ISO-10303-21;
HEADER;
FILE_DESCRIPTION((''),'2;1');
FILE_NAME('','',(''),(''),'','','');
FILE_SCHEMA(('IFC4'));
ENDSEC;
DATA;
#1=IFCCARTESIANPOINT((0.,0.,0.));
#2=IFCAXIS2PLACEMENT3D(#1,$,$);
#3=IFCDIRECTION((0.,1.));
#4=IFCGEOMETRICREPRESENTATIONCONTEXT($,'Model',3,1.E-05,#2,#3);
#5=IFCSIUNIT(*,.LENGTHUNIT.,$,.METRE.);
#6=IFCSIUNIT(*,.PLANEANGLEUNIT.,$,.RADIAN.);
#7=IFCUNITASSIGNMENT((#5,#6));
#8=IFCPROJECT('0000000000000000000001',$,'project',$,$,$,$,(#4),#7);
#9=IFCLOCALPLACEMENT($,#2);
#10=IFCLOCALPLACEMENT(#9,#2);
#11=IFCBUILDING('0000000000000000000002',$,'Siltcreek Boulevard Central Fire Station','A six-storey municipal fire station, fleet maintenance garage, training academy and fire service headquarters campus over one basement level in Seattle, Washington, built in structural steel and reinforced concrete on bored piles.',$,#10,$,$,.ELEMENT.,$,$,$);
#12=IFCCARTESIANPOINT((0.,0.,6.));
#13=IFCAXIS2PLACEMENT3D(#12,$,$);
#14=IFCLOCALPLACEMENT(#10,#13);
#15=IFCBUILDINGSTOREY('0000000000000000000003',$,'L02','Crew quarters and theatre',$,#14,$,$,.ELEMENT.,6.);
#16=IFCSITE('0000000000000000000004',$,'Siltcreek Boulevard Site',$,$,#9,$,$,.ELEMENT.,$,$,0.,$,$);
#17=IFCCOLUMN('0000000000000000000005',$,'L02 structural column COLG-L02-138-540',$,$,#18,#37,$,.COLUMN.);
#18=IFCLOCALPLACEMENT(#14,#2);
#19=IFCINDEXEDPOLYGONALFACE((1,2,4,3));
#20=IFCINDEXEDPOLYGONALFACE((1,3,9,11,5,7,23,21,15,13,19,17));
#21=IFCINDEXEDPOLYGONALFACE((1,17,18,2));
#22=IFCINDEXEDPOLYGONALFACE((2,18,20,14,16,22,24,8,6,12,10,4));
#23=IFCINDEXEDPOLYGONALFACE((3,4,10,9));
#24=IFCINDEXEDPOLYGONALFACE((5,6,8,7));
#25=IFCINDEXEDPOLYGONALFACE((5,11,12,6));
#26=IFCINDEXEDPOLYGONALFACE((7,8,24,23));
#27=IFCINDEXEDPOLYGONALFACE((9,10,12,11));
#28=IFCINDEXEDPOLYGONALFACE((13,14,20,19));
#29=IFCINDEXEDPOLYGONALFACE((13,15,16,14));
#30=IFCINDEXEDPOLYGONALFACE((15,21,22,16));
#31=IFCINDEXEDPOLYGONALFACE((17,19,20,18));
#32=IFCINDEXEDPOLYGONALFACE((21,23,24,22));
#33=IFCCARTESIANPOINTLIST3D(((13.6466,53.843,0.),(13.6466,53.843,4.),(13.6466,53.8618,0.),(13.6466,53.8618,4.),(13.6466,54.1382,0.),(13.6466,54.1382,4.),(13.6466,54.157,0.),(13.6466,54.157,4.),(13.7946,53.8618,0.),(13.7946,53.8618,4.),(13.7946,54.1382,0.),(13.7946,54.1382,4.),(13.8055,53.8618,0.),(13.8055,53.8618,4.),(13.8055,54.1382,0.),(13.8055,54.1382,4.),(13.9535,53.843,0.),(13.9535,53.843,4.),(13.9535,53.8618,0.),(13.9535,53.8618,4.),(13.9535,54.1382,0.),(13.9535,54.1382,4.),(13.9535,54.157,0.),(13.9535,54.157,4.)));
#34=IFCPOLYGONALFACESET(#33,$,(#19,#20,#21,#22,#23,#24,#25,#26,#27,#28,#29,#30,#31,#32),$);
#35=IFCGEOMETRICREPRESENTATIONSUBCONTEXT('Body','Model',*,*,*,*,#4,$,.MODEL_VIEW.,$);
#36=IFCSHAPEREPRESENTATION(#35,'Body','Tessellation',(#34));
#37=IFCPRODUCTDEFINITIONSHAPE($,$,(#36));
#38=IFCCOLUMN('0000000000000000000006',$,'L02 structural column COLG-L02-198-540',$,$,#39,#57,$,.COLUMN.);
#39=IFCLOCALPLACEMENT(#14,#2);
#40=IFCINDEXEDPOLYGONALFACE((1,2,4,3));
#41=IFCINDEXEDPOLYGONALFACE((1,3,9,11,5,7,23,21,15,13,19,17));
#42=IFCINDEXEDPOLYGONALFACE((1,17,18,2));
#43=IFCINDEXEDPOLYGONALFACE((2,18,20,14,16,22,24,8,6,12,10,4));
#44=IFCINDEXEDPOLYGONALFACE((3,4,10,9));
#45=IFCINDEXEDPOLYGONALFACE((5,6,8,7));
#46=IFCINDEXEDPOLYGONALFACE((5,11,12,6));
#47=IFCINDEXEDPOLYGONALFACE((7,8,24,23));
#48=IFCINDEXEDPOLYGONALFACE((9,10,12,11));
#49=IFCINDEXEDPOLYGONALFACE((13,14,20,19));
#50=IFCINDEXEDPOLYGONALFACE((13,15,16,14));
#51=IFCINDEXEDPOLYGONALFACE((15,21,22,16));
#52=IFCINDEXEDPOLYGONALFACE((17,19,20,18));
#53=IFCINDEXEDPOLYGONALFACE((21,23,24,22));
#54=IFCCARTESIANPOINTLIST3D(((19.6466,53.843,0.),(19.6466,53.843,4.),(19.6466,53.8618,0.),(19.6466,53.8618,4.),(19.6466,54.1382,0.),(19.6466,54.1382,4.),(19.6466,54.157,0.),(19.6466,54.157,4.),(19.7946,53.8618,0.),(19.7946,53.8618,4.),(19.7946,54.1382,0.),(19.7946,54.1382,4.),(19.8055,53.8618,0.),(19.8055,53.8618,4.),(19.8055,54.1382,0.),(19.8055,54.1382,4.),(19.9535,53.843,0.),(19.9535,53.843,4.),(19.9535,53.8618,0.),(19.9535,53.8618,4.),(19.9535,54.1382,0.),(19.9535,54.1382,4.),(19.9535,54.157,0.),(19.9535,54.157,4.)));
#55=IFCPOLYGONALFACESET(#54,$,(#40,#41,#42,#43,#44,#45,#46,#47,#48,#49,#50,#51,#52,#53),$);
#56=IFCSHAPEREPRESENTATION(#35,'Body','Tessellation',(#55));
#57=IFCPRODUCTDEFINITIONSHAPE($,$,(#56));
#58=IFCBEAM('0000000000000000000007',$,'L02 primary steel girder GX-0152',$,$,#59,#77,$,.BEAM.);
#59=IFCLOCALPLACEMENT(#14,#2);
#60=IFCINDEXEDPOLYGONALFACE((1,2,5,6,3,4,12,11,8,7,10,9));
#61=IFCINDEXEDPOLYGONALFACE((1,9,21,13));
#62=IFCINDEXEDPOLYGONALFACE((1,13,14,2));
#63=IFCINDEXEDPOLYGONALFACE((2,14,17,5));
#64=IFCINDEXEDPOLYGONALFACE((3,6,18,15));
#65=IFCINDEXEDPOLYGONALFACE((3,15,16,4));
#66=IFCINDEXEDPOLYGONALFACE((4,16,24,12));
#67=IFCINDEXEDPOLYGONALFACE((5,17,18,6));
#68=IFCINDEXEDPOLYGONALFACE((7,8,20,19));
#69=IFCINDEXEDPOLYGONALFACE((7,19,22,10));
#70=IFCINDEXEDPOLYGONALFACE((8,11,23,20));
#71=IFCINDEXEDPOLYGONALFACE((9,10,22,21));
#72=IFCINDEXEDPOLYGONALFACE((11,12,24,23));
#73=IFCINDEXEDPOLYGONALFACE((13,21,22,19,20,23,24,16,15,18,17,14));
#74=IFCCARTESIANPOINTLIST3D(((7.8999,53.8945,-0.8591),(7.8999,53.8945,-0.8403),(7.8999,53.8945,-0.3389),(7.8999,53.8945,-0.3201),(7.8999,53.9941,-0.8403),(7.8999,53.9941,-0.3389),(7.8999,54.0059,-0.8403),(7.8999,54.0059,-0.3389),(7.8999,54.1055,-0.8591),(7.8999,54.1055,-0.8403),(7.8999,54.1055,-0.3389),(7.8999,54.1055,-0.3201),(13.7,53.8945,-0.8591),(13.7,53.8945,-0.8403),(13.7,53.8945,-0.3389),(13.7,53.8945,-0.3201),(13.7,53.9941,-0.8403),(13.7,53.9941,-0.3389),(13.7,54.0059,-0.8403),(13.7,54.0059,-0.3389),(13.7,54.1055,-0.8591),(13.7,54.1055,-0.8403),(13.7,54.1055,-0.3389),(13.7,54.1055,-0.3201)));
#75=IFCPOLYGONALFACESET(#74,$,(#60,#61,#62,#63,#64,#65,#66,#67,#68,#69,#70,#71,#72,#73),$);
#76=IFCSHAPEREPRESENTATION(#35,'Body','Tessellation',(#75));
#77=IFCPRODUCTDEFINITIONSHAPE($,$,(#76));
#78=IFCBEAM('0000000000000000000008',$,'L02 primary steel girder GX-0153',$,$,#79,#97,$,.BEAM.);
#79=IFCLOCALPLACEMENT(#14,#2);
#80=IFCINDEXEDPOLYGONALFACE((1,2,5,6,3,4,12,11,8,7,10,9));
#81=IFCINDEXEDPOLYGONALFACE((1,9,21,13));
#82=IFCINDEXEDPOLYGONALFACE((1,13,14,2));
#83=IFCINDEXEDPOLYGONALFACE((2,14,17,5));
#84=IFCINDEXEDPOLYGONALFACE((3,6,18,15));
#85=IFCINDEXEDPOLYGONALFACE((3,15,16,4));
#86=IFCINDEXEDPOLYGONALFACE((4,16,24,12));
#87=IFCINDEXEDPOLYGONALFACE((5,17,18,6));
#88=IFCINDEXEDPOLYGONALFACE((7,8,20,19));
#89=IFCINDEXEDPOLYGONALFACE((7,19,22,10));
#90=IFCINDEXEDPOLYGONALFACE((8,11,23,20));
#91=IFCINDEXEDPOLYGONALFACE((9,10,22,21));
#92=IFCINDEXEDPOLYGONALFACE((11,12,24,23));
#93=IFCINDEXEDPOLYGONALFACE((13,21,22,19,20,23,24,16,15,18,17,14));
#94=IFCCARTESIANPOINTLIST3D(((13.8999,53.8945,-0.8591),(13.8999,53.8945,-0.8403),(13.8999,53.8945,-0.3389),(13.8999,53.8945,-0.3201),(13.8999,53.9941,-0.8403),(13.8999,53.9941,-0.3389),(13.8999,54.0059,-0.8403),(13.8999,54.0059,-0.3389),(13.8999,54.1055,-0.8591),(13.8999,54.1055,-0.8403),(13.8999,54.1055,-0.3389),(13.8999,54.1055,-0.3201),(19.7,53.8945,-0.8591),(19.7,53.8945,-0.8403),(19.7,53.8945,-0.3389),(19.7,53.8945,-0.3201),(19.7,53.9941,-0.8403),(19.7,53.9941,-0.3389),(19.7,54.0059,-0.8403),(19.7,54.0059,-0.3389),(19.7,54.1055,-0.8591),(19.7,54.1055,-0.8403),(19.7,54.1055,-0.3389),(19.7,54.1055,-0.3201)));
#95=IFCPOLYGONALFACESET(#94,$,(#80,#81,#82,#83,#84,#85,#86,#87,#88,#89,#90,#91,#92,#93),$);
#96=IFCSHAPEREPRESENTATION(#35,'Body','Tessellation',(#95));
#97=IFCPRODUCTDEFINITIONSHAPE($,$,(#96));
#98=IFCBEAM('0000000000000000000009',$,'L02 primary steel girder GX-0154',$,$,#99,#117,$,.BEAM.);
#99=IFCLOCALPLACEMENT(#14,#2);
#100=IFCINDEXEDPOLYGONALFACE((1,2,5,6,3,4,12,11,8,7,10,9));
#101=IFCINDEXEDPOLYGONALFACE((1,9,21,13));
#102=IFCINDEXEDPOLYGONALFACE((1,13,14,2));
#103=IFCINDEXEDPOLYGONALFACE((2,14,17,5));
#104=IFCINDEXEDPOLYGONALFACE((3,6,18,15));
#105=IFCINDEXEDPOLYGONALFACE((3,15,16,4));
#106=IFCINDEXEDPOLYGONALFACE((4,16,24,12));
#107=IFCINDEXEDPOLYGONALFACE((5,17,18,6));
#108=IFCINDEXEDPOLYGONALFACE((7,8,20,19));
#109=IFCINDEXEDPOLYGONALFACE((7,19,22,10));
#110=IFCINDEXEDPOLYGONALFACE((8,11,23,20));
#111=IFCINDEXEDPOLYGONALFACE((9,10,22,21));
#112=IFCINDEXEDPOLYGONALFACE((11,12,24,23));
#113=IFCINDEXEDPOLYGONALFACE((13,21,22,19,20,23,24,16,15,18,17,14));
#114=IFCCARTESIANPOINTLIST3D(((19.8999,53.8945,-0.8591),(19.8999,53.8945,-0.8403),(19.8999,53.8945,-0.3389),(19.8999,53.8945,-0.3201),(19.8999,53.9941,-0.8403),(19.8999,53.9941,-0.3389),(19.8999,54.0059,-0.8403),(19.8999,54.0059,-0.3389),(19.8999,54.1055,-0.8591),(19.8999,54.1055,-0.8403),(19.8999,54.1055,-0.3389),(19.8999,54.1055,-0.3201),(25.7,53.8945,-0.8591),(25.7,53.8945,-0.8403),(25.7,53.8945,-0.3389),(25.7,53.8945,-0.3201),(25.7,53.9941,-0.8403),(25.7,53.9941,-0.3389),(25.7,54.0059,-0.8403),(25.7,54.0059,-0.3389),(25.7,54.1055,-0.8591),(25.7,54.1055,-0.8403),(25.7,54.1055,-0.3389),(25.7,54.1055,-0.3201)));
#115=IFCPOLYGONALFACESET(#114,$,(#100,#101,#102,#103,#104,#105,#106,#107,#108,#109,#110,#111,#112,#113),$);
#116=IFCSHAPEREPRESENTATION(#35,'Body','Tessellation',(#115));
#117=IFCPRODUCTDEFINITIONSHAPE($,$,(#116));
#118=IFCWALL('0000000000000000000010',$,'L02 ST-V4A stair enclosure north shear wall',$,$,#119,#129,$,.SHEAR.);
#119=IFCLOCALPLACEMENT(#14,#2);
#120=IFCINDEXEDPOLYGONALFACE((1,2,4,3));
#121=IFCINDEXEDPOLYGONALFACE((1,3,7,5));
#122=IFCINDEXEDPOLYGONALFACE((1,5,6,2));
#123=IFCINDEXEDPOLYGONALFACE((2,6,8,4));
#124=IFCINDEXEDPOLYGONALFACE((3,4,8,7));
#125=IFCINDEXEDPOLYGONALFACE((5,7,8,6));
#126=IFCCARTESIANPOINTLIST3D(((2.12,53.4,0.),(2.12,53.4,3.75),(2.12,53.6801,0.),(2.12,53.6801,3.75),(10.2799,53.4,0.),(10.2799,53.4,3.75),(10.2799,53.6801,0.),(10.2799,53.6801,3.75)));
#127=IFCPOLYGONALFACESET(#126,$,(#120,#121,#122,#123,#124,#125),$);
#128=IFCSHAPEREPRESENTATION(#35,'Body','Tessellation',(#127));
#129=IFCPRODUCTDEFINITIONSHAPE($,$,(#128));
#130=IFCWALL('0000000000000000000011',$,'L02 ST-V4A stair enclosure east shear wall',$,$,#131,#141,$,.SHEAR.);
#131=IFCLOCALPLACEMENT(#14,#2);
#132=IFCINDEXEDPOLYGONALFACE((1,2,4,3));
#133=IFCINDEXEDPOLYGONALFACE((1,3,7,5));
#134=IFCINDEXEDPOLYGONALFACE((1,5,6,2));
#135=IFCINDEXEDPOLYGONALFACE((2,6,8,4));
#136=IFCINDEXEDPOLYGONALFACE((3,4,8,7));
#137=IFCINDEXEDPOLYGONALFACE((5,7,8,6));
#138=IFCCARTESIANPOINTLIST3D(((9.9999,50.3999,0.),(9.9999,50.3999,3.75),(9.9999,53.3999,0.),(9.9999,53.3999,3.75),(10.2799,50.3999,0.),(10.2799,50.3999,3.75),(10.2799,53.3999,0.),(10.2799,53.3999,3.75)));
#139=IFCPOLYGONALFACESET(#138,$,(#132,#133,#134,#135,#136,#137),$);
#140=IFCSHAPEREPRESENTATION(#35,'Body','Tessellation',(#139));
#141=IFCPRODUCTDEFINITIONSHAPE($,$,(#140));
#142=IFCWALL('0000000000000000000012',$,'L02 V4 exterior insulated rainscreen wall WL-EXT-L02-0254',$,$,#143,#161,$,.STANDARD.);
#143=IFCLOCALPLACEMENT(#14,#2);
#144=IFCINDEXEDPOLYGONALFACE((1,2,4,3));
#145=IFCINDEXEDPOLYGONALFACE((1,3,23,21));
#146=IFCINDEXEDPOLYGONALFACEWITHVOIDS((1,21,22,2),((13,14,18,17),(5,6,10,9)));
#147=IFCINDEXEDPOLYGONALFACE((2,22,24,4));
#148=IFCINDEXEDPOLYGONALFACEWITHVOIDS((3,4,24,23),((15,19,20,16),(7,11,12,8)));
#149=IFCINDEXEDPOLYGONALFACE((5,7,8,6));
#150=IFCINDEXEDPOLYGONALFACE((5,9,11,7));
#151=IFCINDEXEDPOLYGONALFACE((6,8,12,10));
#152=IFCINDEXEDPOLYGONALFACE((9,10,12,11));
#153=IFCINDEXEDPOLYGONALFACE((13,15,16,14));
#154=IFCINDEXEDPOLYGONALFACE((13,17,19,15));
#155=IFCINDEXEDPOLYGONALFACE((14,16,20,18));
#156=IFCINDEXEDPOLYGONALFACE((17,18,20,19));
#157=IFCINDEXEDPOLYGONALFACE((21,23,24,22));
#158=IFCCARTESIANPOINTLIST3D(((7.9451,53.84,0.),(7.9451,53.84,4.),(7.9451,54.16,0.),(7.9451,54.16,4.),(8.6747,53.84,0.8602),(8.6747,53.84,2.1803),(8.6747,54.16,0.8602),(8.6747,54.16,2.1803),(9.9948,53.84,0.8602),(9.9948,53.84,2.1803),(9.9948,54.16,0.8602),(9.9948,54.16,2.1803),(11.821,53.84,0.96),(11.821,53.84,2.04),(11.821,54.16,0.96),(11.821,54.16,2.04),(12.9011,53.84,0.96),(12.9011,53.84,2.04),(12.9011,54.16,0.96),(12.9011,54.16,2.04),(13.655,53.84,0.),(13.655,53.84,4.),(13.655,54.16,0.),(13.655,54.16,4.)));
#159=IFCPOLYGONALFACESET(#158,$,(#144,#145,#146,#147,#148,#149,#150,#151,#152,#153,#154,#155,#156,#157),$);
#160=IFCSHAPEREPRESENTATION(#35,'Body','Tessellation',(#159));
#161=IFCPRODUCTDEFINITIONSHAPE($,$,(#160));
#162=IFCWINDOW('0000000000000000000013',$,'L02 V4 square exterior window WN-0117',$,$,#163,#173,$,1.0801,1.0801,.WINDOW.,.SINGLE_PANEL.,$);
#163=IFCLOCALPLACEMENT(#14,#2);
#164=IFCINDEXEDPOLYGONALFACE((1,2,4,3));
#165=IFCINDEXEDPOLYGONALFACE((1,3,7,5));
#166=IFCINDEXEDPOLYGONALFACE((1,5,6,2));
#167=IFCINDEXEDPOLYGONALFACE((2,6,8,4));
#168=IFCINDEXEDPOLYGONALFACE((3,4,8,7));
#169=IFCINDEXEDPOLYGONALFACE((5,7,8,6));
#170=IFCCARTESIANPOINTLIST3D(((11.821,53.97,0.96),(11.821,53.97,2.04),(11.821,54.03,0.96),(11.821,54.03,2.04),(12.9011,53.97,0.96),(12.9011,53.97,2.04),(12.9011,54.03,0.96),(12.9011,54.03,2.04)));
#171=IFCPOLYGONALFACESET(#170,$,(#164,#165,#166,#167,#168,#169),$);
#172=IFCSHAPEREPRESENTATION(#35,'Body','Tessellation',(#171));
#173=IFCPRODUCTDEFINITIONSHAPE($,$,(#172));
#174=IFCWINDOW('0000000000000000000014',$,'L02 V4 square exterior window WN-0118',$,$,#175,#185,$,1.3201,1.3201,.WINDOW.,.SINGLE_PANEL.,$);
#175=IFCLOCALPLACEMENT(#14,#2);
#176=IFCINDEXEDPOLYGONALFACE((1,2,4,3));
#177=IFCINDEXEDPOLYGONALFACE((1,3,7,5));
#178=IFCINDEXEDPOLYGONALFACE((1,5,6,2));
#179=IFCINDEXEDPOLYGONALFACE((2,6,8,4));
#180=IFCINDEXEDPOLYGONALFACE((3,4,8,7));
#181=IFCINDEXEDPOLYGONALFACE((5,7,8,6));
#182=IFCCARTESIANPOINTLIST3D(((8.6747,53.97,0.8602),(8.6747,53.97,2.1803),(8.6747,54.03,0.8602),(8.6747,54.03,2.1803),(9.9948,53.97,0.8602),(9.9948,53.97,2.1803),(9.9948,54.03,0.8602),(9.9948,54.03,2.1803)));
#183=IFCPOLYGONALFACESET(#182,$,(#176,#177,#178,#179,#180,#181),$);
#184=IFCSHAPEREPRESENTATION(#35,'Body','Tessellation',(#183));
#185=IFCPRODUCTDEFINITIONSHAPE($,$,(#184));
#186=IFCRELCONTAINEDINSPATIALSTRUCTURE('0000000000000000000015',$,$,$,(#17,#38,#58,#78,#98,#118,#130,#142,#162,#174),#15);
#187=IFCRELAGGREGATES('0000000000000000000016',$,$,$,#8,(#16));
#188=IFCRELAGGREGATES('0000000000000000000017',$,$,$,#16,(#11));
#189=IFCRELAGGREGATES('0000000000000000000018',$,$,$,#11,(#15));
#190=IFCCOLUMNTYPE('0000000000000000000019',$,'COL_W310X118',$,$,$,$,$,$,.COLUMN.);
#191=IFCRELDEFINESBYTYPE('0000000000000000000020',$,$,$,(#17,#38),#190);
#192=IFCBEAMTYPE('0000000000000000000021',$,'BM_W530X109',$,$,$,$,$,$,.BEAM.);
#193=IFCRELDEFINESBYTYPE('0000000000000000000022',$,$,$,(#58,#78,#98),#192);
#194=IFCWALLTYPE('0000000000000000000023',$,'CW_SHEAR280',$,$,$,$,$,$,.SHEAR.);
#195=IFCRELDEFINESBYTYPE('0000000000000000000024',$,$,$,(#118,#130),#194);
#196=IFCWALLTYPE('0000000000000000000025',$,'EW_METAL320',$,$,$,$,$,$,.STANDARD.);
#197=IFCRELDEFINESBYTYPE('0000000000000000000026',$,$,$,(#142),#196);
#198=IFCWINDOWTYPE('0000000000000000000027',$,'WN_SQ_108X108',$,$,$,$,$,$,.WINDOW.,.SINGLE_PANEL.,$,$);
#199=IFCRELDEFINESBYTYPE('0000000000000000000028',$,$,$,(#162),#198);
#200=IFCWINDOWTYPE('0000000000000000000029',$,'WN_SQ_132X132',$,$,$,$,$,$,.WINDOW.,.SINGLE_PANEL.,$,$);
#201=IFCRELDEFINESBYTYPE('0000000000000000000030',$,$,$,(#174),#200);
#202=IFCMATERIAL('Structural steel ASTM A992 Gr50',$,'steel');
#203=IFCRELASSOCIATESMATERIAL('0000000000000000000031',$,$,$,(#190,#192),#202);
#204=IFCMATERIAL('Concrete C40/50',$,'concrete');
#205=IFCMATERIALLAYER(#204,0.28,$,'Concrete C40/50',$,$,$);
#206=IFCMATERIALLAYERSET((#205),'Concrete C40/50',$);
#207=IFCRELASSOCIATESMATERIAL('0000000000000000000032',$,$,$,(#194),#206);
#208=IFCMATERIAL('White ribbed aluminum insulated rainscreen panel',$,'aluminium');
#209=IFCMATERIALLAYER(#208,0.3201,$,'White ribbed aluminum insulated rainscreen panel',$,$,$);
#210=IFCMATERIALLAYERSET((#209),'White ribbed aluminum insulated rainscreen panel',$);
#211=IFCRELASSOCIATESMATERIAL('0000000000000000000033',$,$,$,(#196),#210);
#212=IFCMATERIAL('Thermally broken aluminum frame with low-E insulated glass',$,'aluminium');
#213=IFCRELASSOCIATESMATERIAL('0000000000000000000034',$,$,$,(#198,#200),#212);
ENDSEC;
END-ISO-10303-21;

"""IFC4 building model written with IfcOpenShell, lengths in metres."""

from ifc_helpers import new_model, si_unit, direction, frame, frame_2d, origin, origin_2d, place, context, subcontext, project, spatial, rectangle, i_section, extrude, material, layer, layer_set, material_profile, profile_set, type_object, element, fill, save


model = new_model("IFC4")

# Units and contexts
model_context = context("Model", 3, precision=1e-05, world=origin(), true_north=direction((0.0, 1.0)))
body_context = subcontext(model_context, "Body", "Model", "MODEL_VIEW")
ifc_project = project(units=[si_unit("LENGTHUNIT", "METRE"), si_unit("PLANEANGLEUNIT", "RADIAN")], contexts=[model_context])

# Site, building, storey
site_placement = place(None, origin())
site = spatial("IfcSite", under=ifc_project, at=site_placement, Name="Siltcreek Boulevard Site", CompositionType="ELEMENT", RefElevation=0.0)
building_placement = place(site_placement, origin())
building = spatial("IfcBuilding", under=site, at=building_placement, Name="Siltcreek Boulevard Central Fire Station", Description="A six-storey municipal fire station, fleet maintenance garage, training academy and fire service headquarters campus over one basement level in Seattle, Washington, built in structural steel and reinforced concrete on bored piles.", CompositionType="ELEMENT")
storey_placement = place(building_placement, frame((0.0, 0.0, 6.0)))
storey = spatial("IfcBuildingStorey", under=building, at=storey_placement, Name="L02", Description="Crew quarters and theatre", CompositionType="ELEMENT", Elevation=6.0)

# Columns
ifc_material_1 = material(Name="Structural steel ASTM A992 Gr50", Category="steel")
ifc_material_profile_1 = material_profile(ifc_material_1, i_section(OverallWidth=0.3069, OverallDepth=0.314, WebThickness=0.011, FlangeThickness=0.0188, at=origin_2d()), Name="W310X118")
ifc_profile_set_1 = profile_set([ifc_material_profile_1], Name="Structural steel ASTM A992 Gr50")
column_type = type_object("IfcColumnType", Name="COL_W310X118", PredefinedType="COLUMN", material=ifc_profile_set_1)
for number, where, z_axis, x_axis, name in (
    (1, (13.8, 54.0, 0.0), (0.0, 0.0, 1.0), (1.0, 0.0, 0.0), "L02 structural column COLG-L02-138-540"),
    (2, (19.8, 54.0, 0.0), (0.0, 0.0, 1.0), (1.0, 0.0, 0.0), "L02 structural column COLG-L02-198-540"),
):
    element("IfcColumn", number, at=place(storey_placement, frame(where, z_axis=z_axis, x_axis=x_axis)), inside=storey, type_object=column_type, Name=name, PredefinedType="COLUMN", context=body_context, shape_type="SweptSolid", body=[
        extrude(i_section(OverallWidth=0.3069, OverallDepth=0.314, WebThickness=0.011, FlangeThickness=0.0188, at=origin_2d()), origin(), (0.0, 0.0, 1.0), 4.0),
    ])

# Beams
ifc_material_profile_2 = material_profile(ifc_material_1, i_section(OverallWidth=0.2109, OverallDepth=0.5391, WebThickness=0.0117, FlangeThickness=0.0188, at=origin_2d()), Name="W530X109")
ifc_profile_set_2 = profile_set([ifc_material_profile_2], Name="Structural steel ASTM A992 Gr50")
beam_type = type_object("IfcBeamType", Name="BM_W530X109", PredefinedType="BEAM", material=ifc_profile_set_2)
for number, where, z_axis, x_axis, name in (
    (3, (7.8999, 54.0, -0.5896), (1.0, 0.0, 0.0), (0.0, 1.0, 0.0), "L02 primary steel girder GX-0152"),
    (4, (13.8999, 54.0, -0.5896), (1.0, 0.0, 0.0), (0.0, 1.0, 0.0), "L02 primary steel girder GX-0153"),
    (5, (19.8999, 54.0, -0.5896), (1.0, 0.0, 0.0), (0.0, 1.0, 0.0), "L02 primary steel girder GX-0154"),
):
    element("IfcBeam", number, at=place(storey_placement, frame(where, z_axis=z_axis, x_axis=x_axis)), inside=storey, type_object=beam_type, Name=name, PredefinedType="BEAM", context=body_context, shape_type="SweptSolid", body=[
        extrude(i_section(OverallWidth=0.2109, OverallDepth=0.5391, WebThickness=0.0117, FlangeThickness=0.0188, at=origin_2d()), origin(), (0.0, 0.0, 1.0), 5.8),
    ])

# Walls
ifc_material_2 = material(Name="Concrete C40/50", Category="concrete")
ifc_layer_1 = layer(ifc_material_2, 0.28, Name="Concrete C40/50")
ifc_layer_set_1 = layer_set([ifc_layer_1], Name="Concrete C40/50")
wall_type_1 = type_object("IfcWallType", Name="CW_SHEAR280", PredefinedType="SHEAR", material=ifc_layer_set_1)
wall_1_placement = place(storey_placement, frame((10.28, 53.54, 0.0), z_axis=(0.0, 0.0, 1.0), x_axis=(-1.0, 0.0, 0.0)))
element("IfcWall", 6, at=wall_1_placement, inside=storey, type_object=wall_type_1, Name="L02 ST-V4A stair enclosure north shear wall", PredefinedType="SHEAR", context=body_context, shape_type="SweptSolid", body=[
    extrude(rectangle(XDim=8.1599, YDim=0.28, at=frame_2d((4.0801, 0.0))), origin(), (0.0, 0.0, 1.0), 3.75),
])
wall_2_placement = place(storey_placement, frame((10.1399, 50.3999, 0.0), z_axis=(0.0, 0.0, 1.0), x_axis=(0.0, 1.0, 0.0)))
element("IfcWall", 7, at=wall_2_placement, inside=storey, type_object=wall_type_1, Name="L02 ST-V4A stair enclosure east shear wall", PredefinedType="SHEAR", context=body_context, shape_type="SweptSolid", body=[
    extrude(rectangle(XDim=3.0, YDim=0.28, at=frame_2d((1.5, 0.0))), origin(), (0.0, 0.0, 1.0), 3.75),
])

# Wall, openings, windows
ifc_material_3 = material(Name="White ribbed aluminum insulated rainscreen panel", Category="aluminium")
ifc_layer_2 = layer(ifc_material_3, 0.3201, Name="White ribbed aluminum insulated rainscreen panel")
ifc_layer_set_2 = layer_set([ifc_layer_2], Name="White ribbed aluminum insulated rainscreen panel")
wall_type_2 = type_object("IfcWallType", Name="EW_METAL320", PredefinedType="STANDARD", material=ifc_layer_set_2)
wall_3_placement = place(storey_placement, frame((13.655, 54.0, 0.0), z_axis=(0.0, 0.0, 1.0), x_axis=(-1.0, 0.0, 0.0)))
wall_3 = element("IfcWall", 8, at=wall_3_placement, inside=storey, type_object=wall_type_2, Name="L02 V4 exterior insulated rainscreen wall WL-EXT-L02-0254", PredefinedType="STANDARD", context=body_context, shape_type="SweptSolid", body=[
    extrude(rectangle(XDim=5.71, YDim=0.3201, at=frame_2d((2.855, 0.0))), origin(), (0.0, 0.0, 1.0), 4.0),
])
opening_1_placement = place(wall_3_placement, frame((0.7539, 0.0, 0.96)))
opening_1 = element("IfcOpeningElement", 9, at=opening_1_placement, cuts=wall_3, PredefinedType="OPENING", context=body_context, shape_type="SweptSolid", body=[
    extrude(rectangle(XDim=1.0801, YDim=1.0801, at=frame_2d((0.54, 0.54))), frame((0.0, 0.1699, 0.0), z_axis=(0.0, -1.0, 0.0), x_axis=(1.0, 0.0, 0.0)), (0.0, 0.0, 1.0), 0.3401),
])
opening_2_placement = place(wall_3_placement, frame((3.6602, 0.0, 0.8601)))
opening_2 = element("IfcOpeningElement", 10, at=opening_2_placement, cuts=wall_3, PredefinedType="OPENING", context=body_context, shape_type="SweptSolid", body=[
    extrude(rectangle(XDim=1.3201, YDim=1.3201, at=frame_2d((0.6602, 0.6602))), frame((0.0, 0.1699, 0.0), z_axis=(0.0, -1.0, 0.0), x_axis=(1.0, 0.0, 0.0)), (0.0, 0.0, 1.0), 0.3401),
])
ifc_material_4 = material(Name="Thermally broken aluminum frame with low-E insulated glass", Category="aluminium")
window_type_1 = type_object("IfcWindowType", Name="WN_SQ_108X108", PartitioningType="SINGLE_PANEL", PredefinedType="WINDOW", material=ifc_material_4)
window_1_placement = place(opening_1_placement, origin())
window_1 = element("IfcWindow", 11, at=window_1_placement, inside=storey, type_object=window_type_1, Name="L02 V4 square exterior window WN-0117", OverallHeight=1.0801, OverallWidth=1.0801, PartitioningType="SINGLE_PANEL", PredefinedType="WINDOW", context=body_context, shape_type="SweptSolid", body=[
    extrude(rectangle(XDim=1.0801, YDim=1.0801, at=frame_2d((0.54, 0.54))), frame((0.0, 0.03, 0.0), z_axis=(0.0, -1.0, 0.0), x_axis=(1.0, 0.0, 0.0)), (0.0, 0.0, 1.0), 0.0601),
])
fill(opening_1, window_1)
window_type_2 = type_object("IfcWindowType", Name="WN_SQ_132X132", PartitioningType="SINGLE_PANEL", PredefinedType="WINDOW", material=ifc_material_4)
window_2_placement = place(opening_2_placement, origin())
window_2 = element("IfcWindow", 12, at=window_2_placement, inside=storey, type_object=window_type_2, Name="L02 V4 square exterior window WN-0118", OverallHeight=1.3201, OverallWidth=1.3201, PartitioningType="SINGLE_PANEL", PredefinedType="WINDOW", context=body_context, shape_type="SweptSolid", body=[
    extrude(rectangle(XDim=1.3201, YDim=1.3201, at=frame_2d((0.6602, 0.6602))), frame((0.0, 0.03, 0.0), z_axis=(0.0, -1.0, 0.0), x_axis=(1.0, 0.0, 0.0)), (0.0, 0.0, 1.0), 0.0601),
])
fill(opening_2, window_2)

save(model, "model.ifc")
